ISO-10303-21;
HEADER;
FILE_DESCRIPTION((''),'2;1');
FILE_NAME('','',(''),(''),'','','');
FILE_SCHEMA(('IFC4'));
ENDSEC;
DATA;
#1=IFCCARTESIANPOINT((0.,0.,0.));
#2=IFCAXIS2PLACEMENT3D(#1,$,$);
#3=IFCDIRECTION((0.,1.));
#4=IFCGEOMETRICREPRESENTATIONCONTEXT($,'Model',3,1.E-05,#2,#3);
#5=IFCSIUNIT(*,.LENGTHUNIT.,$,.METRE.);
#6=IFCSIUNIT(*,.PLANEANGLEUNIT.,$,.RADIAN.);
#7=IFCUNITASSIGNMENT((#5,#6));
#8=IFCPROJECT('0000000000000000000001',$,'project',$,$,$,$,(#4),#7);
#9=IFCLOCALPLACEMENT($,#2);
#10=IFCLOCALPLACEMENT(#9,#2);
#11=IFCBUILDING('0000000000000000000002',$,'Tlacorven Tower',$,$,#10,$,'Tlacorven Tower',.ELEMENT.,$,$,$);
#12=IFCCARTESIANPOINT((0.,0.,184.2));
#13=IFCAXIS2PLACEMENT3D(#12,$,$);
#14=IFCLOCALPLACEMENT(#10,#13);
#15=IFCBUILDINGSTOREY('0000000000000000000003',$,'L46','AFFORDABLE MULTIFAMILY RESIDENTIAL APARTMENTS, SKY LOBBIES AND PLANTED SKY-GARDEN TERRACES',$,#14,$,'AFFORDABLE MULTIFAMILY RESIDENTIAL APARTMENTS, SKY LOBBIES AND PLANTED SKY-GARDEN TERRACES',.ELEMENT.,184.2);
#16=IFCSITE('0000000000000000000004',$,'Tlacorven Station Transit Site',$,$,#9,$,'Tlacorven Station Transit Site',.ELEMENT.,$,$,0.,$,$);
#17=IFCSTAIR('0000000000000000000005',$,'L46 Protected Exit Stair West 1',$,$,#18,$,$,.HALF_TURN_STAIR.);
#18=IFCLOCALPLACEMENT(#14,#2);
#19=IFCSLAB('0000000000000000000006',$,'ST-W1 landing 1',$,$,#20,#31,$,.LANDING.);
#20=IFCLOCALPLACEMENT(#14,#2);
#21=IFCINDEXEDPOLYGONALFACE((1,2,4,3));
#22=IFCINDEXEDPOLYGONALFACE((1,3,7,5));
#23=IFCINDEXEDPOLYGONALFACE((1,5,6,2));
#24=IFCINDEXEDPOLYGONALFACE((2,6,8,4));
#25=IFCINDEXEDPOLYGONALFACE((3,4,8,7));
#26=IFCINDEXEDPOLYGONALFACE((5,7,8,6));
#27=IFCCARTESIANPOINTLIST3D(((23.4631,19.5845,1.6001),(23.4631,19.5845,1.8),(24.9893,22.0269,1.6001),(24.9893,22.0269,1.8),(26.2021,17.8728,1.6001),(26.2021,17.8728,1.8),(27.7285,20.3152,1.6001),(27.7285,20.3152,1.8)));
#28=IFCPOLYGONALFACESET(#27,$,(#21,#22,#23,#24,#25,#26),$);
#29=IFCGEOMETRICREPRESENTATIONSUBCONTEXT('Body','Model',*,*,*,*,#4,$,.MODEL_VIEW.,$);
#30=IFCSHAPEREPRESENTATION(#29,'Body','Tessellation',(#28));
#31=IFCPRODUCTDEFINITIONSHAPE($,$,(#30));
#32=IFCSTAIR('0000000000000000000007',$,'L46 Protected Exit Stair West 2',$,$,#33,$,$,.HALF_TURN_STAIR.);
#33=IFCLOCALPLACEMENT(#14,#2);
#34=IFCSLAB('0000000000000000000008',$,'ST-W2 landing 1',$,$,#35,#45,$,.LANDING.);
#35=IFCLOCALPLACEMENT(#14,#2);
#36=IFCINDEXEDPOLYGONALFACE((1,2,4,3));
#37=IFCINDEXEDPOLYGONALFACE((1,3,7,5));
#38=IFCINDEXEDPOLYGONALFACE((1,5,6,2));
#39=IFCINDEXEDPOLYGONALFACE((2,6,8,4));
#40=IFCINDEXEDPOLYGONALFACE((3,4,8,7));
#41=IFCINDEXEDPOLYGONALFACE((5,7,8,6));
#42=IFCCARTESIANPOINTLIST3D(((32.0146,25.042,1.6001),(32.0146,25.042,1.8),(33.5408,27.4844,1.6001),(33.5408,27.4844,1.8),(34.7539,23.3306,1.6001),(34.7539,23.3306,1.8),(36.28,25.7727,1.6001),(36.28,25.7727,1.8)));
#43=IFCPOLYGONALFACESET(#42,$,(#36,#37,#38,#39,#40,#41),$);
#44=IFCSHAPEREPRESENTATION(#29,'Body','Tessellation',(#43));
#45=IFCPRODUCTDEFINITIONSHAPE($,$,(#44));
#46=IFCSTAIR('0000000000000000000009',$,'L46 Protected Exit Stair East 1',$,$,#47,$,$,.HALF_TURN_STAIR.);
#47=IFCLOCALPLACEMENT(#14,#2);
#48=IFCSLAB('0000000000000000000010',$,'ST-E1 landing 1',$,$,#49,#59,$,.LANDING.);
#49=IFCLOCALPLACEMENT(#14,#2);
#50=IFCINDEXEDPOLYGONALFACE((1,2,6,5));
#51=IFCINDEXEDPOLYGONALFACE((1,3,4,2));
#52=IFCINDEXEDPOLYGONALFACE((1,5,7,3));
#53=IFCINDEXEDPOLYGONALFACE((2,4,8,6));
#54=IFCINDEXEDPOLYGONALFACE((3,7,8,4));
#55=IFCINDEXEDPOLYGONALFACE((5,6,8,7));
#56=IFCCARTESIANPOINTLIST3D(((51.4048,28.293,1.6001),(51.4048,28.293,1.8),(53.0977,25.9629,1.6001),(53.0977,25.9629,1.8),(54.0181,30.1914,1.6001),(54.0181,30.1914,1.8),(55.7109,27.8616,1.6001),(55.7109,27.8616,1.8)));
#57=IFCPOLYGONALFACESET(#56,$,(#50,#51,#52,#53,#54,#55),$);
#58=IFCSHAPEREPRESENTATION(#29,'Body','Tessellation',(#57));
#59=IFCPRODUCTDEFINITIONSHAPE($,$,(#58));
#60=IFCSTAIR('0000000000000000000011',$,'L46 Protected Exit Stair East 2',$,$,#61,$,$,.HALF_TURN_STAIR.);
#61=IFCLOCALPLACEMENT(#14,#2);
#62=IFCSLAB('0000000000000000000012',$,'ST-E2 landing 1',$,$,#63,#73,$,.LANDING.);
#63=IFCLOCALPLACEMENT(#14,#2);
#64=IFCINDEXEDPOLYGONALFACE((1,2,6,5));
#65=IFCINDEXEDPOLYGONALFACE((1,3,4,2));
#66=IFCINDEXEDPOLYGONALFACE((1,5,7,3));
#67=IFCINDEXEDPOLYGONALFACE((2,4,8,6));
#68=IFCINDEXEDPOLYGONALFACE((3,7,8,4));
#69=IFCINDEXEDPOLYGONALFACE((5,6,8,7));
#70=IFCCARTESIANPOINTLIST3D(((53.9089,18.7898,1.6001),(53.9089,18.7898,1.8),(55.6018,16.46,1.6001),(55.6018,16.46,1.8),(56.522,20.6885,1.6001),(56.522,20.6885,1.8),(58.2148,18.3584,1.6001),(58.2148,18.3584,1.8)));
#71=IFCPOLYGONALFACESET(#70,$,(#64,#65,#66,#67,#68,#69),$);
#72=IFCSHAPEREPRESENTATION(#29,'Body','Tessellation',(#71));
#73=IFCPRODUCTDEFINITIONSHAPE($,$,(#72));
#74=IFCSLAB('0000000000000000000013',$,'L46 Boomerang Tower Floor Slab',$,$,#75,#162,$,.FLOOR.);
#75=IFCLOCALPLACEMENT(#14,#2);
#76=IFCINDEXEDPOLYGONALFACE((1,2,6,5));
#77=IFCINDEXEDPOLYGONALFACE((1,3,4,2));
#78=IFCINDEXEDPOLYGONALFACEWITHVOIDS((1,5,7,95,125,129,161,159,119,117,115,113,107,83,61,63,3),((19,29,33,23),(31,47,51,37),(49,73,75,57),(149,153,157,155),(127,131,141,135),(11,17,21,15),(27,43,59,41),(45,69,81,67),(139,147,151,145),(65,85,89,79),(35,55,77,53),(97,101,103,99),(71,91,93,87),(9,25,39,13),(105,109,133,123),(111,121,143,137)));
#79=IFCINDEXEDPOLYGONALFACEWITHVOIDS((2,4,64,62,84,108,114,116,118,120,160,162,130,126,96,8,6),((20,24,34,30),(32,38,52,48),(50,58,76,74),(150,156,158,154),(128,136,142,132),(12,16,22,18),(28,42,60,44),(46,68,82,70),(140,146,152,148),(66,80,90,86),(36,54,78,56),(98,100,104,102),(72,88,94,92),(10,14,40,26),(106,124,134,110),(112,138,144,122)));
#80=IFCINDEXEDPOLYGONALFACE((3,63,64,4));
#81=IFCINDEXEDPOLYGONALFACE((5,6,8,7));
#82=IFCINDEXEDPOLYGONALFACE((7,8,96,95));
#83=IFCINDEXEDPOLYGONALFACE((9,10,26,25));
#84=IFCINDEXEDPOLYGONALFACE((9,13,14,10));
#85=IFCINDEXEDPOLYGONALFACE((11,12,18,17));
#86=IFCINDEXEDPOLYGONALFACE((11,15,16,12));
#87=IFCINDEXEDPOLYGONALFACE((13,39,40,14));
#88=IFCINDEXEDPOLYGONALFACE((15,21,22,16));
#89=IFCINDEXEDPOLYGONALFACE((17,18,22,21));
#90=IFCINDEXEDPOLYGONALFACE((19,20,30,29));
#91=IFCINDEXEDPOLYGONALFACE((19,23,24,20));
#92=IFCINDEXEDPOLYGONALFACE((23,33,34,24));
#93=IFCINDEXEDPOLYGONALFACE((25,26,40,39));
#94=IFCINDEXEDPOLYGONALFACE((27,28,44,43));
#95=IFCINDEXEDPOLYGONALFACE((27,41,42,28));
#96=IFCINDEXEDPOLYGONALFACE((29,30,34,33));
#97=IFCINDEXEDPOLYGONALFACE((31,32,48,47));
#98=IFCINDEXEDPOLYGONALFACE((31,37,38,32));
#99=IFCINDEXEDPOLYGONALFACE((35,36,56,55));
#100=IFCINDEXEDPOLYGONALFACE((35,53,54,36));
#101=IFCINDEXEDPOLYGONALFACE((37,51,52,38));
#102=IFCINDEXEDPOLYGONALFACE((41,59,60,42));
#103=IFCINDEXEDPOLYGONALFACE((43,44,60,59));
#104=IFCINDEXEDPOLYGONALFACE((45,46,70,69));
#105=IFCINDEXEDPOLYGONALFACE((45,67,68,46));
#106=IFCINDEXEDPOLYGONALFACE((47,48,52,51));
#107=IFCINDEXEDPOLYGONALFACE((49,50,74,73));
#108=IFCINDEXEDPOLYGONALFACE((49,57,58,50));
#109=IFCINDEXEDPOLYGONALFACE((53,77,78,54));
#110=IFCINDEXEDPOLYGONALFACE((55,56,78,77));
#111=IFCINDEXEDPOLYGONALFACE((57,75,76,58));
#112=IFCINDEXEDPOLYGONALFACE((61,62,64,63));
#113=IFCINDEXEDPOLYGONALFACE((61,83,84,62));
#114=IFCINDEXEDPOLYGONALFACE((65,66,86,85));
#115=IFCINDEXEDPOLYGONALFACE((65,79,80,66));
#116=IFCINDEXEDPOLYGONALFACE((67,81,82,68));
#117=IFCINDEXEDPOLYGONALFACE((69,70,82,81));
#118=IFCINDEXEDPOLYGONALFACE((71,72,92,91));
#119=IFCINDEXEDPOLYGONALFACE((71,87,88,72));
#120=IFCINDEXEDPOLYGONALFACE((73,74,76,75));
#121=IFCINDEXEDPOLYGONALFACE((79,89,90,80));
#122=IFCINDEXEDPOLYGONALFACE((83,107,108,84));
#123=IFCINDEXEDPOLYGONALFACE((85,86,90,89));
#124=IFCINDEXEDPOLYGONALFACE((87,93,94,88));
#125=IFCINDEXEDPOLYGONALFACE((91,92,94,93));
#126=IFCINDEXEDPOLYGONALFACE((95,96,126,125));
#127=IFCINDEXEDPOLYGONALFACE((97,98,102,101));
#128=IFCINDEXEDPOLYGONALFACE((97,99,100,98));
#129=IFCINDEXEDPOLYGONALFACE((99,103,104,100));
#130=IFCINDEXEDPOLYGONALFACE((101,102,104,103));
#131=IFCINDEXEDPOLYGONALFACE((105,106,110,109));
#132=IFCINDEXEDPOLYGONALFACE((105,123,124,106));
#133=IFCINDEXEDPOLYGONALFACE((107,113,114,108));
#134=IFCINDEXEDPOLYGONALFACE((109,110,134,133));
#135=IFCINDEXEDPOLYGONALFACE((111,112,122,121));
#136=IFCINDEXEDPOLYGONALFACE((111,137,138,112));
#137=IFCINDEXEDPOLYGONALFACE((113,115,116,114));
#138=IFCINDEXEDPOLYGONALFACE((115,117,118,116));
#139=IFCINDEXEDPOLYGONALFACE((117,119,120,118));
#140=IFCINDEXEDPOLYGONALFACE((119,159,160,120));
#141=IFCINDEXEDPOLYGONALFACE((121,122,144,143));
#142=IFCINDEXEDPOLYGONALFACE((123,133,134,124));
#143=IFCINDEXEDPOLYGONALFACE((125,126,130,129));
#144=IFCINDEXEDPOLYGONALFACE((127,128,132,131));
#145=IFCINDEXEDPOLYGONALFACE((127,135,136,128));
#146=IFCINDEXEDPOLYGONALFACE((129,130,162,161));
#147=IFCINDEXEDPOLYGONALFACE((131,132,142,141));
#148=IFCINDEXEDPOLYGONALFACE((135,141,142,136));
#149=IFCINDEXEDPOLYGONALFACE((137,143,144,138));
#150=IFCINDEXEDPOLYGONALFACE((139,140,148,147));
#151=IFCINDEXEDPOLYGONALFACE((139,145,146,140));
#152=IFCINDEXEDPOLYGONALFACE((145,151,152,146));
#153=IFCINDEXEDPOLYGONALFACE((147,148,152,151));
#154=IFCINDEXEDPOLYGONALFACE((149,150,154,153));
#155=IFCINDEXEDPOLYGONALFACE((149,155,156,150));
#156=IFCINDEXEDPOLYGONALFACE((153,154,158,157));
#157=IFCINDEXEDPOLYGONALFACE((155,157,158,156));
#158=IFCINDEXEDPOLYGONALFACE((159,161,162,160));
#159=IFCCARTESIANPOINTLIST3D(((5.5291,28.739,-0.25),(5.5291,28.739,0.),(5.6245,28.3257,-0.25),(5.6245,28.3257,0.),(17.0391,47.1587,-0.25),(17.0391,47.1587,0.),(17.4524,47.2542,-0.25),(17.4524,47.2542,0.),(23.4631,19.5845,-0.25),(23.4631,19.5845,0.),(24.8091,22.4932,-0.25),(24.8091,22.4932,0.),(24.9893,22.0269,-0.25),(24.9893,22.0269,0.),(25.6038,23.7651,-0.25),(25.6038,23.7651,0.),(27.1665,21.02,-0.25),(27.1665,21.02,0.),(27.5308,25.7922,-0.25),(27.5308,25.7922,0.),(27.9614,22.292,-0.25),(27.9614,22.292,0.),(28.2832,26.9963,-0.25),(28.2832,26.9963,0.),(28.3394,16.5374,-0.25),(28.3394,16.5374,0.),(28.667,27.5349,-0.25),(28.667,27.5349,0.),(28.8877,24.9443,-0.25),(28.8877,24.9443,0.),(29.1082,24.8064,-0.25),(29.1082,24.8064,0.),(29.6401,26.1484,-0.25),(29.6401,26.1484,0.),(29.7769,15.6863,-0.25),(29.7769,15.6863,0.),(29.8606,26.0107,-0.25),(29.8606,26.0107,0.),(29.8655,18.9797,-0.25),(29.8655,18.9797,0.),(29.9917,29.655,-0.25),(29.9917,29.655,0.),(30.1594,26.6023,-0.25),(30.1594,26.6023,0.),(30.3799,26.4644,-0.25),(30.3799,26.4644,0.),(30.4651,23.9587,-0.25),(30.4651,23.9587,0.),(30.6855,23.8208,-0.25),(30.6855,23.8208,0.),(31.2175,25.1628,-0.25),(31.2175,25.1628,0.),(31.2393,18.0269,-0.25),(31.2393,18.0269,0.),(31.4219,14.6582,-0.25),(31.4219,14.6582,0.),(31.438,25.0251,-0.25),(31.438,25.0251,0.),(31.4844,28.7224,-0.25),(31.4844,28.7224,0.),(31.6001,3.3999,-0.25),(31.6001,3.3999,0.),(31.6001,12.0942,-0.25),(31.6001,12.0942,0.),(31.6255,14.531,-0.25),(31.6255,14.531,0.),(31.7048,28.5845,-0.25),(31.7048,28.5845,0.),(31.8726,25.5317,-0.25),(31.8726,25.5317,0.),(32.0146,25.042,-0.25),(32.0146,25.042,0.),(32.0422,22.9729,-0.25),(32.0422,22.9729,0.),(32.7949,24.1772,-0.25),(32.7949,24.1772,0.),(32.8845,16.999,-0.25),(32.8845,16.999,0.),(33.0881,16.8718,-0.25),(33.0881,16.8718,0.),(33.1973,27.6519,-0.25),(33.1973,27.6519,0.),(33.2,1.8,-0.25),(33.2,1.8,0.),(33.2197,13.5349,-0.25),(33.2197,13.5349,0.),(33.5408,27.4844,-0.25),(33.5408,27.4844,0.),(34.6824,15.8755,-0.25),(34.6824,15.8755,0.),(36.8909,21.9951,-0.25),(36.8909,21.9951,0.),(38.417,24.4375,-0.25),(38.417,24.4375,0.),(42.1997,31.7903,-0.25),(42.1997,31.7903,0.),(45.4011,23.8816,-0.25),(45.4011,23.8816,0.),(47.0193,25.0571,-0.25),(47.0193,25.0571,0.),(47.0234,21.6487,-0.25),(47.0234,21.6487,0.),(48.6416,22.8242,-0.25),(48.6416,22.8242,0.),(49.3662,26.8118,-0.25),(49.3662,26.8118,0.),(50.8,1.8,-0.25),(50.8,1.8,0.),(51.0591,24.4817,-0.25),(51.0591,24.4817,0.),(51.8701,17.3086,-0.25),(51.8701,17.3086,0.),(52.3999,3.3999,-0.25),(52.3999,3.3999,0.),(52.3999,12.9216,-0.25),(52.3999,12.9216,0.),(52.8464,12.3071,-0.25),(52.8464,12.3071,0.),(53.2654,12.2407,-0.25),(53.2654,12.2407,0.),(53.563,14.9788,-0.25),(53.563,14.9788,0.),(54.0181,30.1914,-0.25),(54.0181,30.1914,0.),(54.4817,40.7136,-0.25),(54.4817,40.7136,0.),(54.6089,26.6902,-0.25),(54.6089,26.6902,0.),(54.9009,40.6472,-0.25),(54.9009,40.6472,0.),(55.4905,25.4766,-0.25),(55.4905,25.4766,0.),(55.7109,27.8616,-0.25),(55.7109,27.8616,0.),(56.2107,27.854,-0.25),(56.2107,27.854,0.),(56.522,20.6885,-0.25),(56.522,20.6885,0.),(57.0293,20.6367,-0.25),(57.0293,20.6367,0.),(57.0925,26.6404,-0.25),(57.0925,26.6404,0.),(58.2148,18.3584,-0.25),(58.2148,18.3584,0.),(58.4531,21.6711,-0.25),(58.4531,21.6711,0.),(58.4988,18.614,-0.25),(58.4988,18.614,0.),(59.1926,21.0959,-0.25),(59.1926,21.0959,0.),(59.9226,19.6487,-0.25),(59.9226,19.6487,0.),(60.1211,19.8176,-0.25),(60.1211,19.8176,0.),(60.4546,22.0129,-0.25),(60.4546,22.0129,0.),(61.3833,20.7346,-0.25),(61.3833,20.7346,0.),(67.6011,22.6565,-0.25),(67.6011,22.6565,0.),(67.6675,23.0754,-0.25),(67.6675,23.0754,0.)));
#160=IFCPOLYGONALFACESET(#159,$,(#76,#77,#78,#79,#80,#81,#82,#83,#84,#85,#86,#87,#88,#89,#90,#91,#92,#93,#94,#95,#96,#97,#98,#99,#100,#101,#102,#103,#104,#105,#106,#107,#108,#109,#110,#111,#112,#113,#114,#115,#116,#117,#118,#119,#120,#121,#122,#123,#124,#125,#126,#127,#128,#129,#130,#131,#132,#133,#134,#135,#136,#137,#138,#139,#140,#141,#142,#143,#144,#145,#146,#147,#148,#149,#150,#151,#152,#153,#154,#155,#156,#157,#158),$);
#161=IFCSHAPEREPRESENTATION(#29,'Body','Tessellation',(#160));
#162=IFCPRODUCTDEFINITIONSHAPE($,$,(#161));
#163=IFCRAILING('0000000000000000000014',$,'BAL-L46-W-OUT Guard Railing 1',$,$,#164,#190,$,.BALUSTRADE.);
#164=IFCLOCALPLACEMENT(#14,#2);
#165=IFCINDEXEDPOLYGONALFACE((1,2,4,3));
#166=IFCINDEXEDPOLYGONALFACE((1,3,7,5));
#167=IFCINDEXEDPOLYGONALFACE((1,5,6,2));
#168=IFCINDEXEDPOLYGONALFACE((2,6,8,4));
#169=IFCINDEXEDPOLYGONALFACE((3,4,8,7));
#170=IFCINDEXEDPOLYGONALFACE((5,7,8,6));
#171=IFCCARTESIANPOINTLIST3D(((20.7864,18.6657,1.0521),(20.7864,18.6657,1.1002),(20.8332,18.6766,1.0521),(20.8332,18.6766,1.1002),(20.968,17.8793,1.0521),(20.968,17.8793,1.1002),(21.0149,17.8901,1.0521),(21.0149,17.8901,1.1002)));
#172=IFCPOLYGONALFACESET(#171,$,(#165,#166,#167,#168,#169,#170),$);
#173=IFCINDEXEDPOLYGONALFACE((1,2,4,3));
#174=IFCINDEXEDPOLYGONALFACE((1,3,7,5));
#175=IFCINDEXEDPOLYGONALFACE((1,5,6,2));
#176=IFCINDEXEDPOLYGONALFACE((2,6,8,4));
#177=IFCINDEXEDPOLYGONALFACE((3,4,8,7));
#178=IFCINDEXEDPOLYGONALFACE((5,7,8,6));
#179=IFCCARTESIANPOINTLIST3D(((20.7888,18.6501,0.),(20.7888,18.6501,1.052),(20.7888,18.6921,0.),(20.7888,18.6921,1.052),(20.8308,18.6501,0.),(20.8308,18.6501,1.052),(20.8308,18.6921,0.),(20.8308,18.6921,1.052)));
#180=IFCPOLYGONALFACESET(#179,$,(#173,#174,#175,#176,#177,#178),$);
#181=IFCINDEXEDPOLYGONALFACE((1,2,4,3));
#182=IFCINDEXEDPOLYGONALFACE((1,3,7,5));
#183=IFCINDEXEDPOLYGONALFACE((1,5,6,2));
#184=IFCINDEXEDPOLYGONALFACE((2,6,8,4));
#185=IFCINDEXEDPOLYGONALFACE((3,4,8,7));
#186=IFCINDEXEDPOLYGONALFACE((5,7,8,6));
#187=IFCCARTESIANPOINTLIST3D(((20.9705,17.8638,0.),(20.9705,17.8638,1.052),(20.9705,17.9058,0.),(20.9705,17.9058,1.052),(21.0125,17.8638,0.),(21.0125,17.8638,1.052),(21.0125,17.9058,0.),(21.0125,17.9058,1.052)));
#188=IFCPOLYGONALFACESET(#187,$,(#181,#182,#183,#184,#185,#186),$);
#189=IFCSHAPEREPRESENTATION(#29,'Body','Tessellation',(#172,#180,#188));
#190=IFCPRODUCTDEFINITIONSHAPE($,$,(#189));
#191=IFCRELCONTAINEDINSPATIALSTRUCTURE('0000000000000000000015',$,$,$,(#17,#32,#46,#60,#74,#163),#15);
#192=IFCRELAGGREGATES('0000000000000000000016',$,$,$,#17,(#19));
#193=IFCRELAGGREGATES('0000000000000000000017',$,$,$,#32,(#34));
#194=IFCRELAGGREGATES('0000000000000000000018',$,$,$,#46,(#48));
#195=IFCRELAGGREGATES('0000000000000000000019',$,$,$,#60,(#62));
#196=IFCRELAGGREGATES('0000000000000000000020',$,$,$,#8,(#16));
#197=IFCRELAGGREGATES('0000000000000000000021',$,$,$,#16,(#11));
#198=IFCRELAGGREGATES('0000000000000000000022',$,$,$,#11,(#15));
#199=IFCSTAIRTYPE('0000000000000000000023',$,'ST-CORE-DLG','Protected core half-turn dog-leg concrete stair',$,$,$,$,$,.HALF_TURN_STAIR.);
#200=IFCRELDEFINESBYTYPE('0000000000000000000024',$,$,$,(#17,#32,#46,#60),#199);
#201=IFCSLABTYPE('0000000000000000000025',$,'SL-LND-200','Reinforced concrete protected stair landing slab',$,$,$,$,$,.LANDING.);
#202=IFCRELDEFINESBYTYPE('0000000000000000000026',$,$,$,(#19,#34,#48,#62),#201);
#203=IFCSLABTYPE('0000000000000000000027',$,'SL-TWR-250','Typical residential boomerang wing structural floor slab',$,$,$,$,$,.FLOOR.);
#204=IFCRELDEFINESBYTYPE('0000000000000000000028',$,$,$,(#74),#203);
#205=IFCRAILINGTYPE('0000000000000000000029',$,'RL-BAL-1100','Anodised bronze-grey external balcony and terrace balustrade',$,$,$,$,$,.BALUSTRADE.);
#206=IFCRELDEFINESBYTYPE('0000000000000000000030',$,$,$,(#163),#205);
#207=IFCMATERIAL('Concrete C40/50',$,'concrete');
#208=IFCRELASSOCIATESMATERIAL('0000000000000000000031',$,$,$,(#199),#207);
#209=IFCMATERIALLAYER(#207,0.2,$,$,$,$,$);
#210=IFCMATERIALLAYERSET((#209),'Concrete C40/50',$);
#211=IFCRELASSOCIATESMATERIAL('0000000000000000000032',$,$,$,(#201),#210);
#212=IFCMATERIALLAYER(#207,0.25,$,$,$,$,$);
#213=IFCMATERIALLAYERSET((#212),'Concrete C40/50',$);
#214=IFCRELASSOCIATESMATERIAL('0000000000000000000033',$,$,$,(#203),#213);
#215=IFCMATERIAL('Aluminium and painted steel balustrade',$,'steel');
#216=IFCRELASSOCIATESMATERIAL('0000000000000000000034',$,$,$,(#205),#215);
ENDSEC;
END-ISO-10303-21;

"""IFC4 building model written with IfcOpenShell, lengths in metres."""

from ifc_helpers import new_model, si_unit, direction, frame, origin, origin_2d, place, context, subcontext, project, spatial, polyline, rectangle, outline, extrude, source, transform, mapped, material, layer, layer_set, type_object, element, aggregate, save


model = new_model("IFC4")

# Units and contexts
model_context = context("Model", 3, precision=1e-05, world=origin(), true_north=direction((0.0, 1.0)))
body_context = subcontext(model_context, "Body", "Model", "MODEL_VIEW")
ifc_project = project(units=[si_unit("LENGTHUNIT", "METRE"), si_unit("PLANEANGLEUNIT", "RADIAN")], contexts=[model_context])

# Site, building, storey
site_placement = place(None, origin())
site = spatial("IfcSite", under=ifc_project, at=site_placement, Name="Tlacorven Station Transit Site", LongName="Tlacorven Station Transit Site", CompositionType="ELEMENT", RefElevation=0.0)
building_placement = place(site_placement, origin())
building = spatial("IfcBuilding", under=site, at=building_placement, Name="Tlacorven Tower", LongName="Tlacorven Tower", CompositionType="ELEMENT")
storey_placement = place(building_placement, frame((0.0, 0.0, 184.2)))
storey = spatial("IfcBuildingStorey", under=building, at=storey_placement, Name="L46", Description="AFFORDABLE MULTIFAMILY RESIDENTIAL APARTMENTS, SKY LOBBIES AND PLANTED SKY-GARDEN TERRACES", LongName="AFFORDABLE MULTIFAMILY RESIDENTIAL APARTMENTS, SKY LOBBIES AND PLANTED SKY-GARDEN TERRACES", CompositionType="ELEMENT", Elevation=184.2)

# Stairs, slabs
ifc_material_1 = material(Name="Concrete C40/50", Category="concrete")
stair_type = type_object("IfcStairType", Name="ST-CORE-DLG", Description="Protected core half-turn dog-leg concrete stair", PredefinedType="HALF_TURN_STAIR", material=ifc_material_1)
stair_1_placement = place(storey_placement, origin())
stair_1 = element("IfcStair", 1, at=stair_1_placement, inside=storey, type_object=stair_type, Name="L46 Protected Exit Stair West 1", PredefinedType="HALF_TURN_STAIR")
ifc_layer_1 = layer(ifc_material_1, 0.2)
ifc_layer_set_1 = layer_set([ifc_layer_1], Name="Concrete C40/50")
slab_type_1 = type_object("IfcSlabType", Name="SL-LND-200", Description="Reinforced concrete protected stair landing slab", PredefinedType="LANDING", material=ifc_layer_set_1)
slab_1_placement = place(storey_placement, frame((0.0, 0.0, 1.6001)))
slab_1 = element("IfcSlab", 2, at=slab_1_placement, type_object=slab_type_1, Name="ST-W1 landing 1", PredefinedType="LANDING", context=body_context, shape_type="SweptSolid", body=[
    extrude(outline(polyline([(27.7285, 20.3152), (24.9893, 22.0269), (23.4631, 19.5845), (26.2021, 17.8728), (27.7285, 20.3152)])), origin(), (0.0, 0.0, 1.0), 0.2),
])
aggregate(stair_1, [slab_1])
stair_2_placement = place(storey_placement, origin())
stair_2 = element("IfcStair", 3, at=stair_2_placement, inside=storey, type_object=stair_type, Name="L46 Protected Exit Stair West 2", PredefinedType="HALF_TURN_STAIR")
slab_2_placement = place(storey_placement, frame((0.0, 0.0, 1.6001)))
slab_2 = element("IfcSlab", 4, at=slab_2_placement, type_object=slab_type_1, Name="ST-W2 landing 1", PredefinedType="LANDING", context=body_context, shape_type="SweptSolid", body=[
    extrude(outline(polyline([(36.28, 25.7727), (33.5408, 27.4844), (32.0146, 25.042), (34.7539, 23.3306), (36.28, 25.7727)])), origin(), (0.0, 0.0, 1.0), 0.2),
])
aggregate(stair_2, [slab_2])
stair_3_placement = place(storey_placement, origin())
stair_3 = element("IfcStair", 5, at=stair_3_placement, inside=storey, type_object=stair_type, Name="L46 Protected Exit Stair East 1", PredefinedType="HALF_TURN_STAIR")
slab_3_placement = place(storey_placement, frame((0.0, 0.0, 1.6001)))
slab_3 = element("IfcSlab", 6, at=slab_3_placement, type_object=slab_type_1, Name="ST-E1 landing 1", PredefinedType="LANDING", context=body_context, shape_type="SweptSolid", body=[
    extrude(outline(polyline([(53.0977, 25.9629), (55.7109, 27.8616), (54.0181, 30.1914), (51.4048, 28.293), (53.0977, 25.9629)])), origin(), (0.0, 0.0, 1.0), 0.2),
])
aggregate(stair_3, [slab_3])
stair_4_placement = place(storey_placement, origin())
stair_4 = element("IfcStair", 7, at=stair_4_placement, inside=storey, type_object=stair_type, Name="L46 Protected Exit Stair East 2", PredefinedType="HALF_TURN_STAIR")
slab_4_placement = place(storey_placement, frame((0.0, 0.0, 1.6001)))
slab_4 = element("IfcSlab", 8, at=slab_4_placement, type_object=slab_type_1, Name="ST-E2 landing 1", PredefinedType="LANDING", context=body_context, shape_type="SweptSolid", body=[
    extrude(outline(polyline([(55.6018, 16.46), (58.2148, 18.3584), (56.522, 20.6885), (53.9089, 18.7898), (55.6018, 16.46)])), origin(), (0.0, 0.0, 1.0), 0.2),
])
aggregate(stair_4, [slab_4])

# Slab
ifc_layer_2 = layer(ifc_material_1, 0.25)
ifc_layer_set_2 = layer_set([ifc_layer_2], Name="Concrete C40/50")
slab_type_2 = type_object("IfcSlabType", Name="SL-TWR-250", Description="Typical residential boomerang wing structural floor slab", PredefinedType="FLOOR", material=ifc_layer_set_2)
slab_5_placement = place(storey_placement, frame((0.0, 0.0, -0.25)))
element("IfcSlab", 9, at=slab_5_placement, inside=storey, type_object=slab_type_2, Name="L46 Boomerang Tower Floor Slab", PredefinedType="FLOOR", context=body_context, shape_type="SweptSolid", body=[
    extrude(outline(polyline([(52.3999, 3.3999), (50.8, 1.8), (33.2, 1.8), (31.6001, 3.3999), (31.6001, 12.0942), (5.6245, 28.3257), (5.5291, 28.739), (17.0391, 47.1587), (17.4524, 47.2542), (42.1997, 31.7903), (54.4817, 40.7136), (54.9009, 40.6472), (67.6675, 23.0754), (67.6011, 22.6565), (53.2654, 12.2407), (52.8464, 12.3071), (52.3999, 12.9216), (52.3999, 3.3999)]), holes=[polyline([(29.8655, 18.9797), (24.9893, 22.0269), (23.4631, 19.5845), (28.3394, 16.5374), (29.8655, 18.9797)]), polyline([(38.417, 24.4375), (33.5408, 27.4844), (32.0146, 25.042), (36.8909, 21.9951), (38.417, 24.4375)]), polyline([(51.0591, 24.4817), (55.7109, 27.8616), (54.0181, 30.1914), (49.3662, 26.8118), (51.0591, 24.4817)]), polyline([(53.563, 14.9788), (58.2148, 18.3584), (56.522, 20.6885), (51.8701, 17.3086), (53.563, 14.9788)]), polyline([(34.6824, 15.8755), (33.0881, 16.8718), (31.6255, 14.531), (33.2197, 13.5349), (34.6824, 15.8755)]), polyline([(32.8845, 16.999), (31.2393, 18.0269), (29.7769, 15.6863), (31.4219, 14.6582), (32.8845, 16.999)]), polyline([(47.0234, 21.6487), (48.6416, 22.8242), (47.0193, 25.0571), (45.4011, 23.8816), (47.0234, 21.6487)]), polyline([(33.1973, 27.6519), (31.7048, 28.5845), (30.3799, 26.4644), (31.8726, 25.5317), (33.1973, 27.6519)]), polyline([(31.4844, 28.7224), (29.9917, 29.655), (28.667, 27.5349), (30.1594, 26.6023), (31.4844, 28.7224)]), polyline([(32.7949, 24.1772), (31.438, 25.0251), (30.6855, 23.8208), (32.0422, 22.9729), (32.7949, 24.1772)]), polyline([(31.2175, 25.1628), (29.8606, 26.0107), (29.1082, 24.8064), (30.4651, 23.9587), (31.2175, 25.1628)]), polyline([(29.6401, 26.1484), (28.2832, 26.9963), (27.5308, 25.7922), (28.8877, 24.9443), (29.6401, 26.1484)]), polyline([(58.4988, 18.614), (59.9226, 19.6487), (58.4531, 21.6711), (57.0293, 20.6367), (58.4988, 18.614)]), polyline([(27.9614, 22.292), (25.6038, 23.7651), (24.8091, 22.4932), (27.1665, 21.02), (27.9614, 22.292)]), polyline([(55.4905, 25.4766), (57.0925, 26.6404), (56.2107, 27.854), (54.6089, 26.6902), (55.4905, 25.4766)]), polyline([(60.1211, 19.8176), (61.3833, 20.7346), (60.4546, 22.0129), (59.1926, 21.0959), (60.1211, 19.8176)])]), origin(), (0.0, 0.0, 1.0), 0.25),
])

# Railing
ifc_material_2 = material(Name="Aluminium and painted steel balustrade", Category="steel")
railing_type = type_object("IfcRailingType", Name="RL-BAL-1100", Description="Anodised bronze-grey external balcony and terrace balustrade", PredefinedType="BALUSTRADE", material=ifc_material_2)
shared_shape_1 = source(origin(), body_context, "Body", "SweptSolid", [
    extrude(rectangle(XDim=0.0481, YDim=0.0481, at=origin_2d()), frame((0.0, 0.0, 1.0762), z_axis=(0.225058, -0.974345, 0.0), x_axis=(0.974345, 0.225058, 0.0)), (0.0, 0.0, 1.0), 0.8071),
    extrude(rectangle(XDim=0.042, YDim=0.042, at=origin_2d()), origin(), (0.0, 0.0, 1.0), 1.052),
    extrude(rectangle(XDim=0.042, YDim=0.042, at=origin_2d()), frame((0.1816, -0.7864, 0.0)), (0.0, 0.0, 1.0), 1.052),
])
railing_1_placement = place(storey_placement, frame((20.8098, 18.6711, 0.0)))
element("IfcRailing", 10, at=railing_1_placement, inside=storey, type_object=railing_type, Name="BAL-L46-W-OUT Guard Railing 1", PredefinedType="BALUSTRADE", context=body_context, shape_type="MappedRepresentation", body=[
    mapped(shared_shape_1, transform((0.0, 0.0, 0.0), scale=1.0)),
])

save(model, "model.ifc")
